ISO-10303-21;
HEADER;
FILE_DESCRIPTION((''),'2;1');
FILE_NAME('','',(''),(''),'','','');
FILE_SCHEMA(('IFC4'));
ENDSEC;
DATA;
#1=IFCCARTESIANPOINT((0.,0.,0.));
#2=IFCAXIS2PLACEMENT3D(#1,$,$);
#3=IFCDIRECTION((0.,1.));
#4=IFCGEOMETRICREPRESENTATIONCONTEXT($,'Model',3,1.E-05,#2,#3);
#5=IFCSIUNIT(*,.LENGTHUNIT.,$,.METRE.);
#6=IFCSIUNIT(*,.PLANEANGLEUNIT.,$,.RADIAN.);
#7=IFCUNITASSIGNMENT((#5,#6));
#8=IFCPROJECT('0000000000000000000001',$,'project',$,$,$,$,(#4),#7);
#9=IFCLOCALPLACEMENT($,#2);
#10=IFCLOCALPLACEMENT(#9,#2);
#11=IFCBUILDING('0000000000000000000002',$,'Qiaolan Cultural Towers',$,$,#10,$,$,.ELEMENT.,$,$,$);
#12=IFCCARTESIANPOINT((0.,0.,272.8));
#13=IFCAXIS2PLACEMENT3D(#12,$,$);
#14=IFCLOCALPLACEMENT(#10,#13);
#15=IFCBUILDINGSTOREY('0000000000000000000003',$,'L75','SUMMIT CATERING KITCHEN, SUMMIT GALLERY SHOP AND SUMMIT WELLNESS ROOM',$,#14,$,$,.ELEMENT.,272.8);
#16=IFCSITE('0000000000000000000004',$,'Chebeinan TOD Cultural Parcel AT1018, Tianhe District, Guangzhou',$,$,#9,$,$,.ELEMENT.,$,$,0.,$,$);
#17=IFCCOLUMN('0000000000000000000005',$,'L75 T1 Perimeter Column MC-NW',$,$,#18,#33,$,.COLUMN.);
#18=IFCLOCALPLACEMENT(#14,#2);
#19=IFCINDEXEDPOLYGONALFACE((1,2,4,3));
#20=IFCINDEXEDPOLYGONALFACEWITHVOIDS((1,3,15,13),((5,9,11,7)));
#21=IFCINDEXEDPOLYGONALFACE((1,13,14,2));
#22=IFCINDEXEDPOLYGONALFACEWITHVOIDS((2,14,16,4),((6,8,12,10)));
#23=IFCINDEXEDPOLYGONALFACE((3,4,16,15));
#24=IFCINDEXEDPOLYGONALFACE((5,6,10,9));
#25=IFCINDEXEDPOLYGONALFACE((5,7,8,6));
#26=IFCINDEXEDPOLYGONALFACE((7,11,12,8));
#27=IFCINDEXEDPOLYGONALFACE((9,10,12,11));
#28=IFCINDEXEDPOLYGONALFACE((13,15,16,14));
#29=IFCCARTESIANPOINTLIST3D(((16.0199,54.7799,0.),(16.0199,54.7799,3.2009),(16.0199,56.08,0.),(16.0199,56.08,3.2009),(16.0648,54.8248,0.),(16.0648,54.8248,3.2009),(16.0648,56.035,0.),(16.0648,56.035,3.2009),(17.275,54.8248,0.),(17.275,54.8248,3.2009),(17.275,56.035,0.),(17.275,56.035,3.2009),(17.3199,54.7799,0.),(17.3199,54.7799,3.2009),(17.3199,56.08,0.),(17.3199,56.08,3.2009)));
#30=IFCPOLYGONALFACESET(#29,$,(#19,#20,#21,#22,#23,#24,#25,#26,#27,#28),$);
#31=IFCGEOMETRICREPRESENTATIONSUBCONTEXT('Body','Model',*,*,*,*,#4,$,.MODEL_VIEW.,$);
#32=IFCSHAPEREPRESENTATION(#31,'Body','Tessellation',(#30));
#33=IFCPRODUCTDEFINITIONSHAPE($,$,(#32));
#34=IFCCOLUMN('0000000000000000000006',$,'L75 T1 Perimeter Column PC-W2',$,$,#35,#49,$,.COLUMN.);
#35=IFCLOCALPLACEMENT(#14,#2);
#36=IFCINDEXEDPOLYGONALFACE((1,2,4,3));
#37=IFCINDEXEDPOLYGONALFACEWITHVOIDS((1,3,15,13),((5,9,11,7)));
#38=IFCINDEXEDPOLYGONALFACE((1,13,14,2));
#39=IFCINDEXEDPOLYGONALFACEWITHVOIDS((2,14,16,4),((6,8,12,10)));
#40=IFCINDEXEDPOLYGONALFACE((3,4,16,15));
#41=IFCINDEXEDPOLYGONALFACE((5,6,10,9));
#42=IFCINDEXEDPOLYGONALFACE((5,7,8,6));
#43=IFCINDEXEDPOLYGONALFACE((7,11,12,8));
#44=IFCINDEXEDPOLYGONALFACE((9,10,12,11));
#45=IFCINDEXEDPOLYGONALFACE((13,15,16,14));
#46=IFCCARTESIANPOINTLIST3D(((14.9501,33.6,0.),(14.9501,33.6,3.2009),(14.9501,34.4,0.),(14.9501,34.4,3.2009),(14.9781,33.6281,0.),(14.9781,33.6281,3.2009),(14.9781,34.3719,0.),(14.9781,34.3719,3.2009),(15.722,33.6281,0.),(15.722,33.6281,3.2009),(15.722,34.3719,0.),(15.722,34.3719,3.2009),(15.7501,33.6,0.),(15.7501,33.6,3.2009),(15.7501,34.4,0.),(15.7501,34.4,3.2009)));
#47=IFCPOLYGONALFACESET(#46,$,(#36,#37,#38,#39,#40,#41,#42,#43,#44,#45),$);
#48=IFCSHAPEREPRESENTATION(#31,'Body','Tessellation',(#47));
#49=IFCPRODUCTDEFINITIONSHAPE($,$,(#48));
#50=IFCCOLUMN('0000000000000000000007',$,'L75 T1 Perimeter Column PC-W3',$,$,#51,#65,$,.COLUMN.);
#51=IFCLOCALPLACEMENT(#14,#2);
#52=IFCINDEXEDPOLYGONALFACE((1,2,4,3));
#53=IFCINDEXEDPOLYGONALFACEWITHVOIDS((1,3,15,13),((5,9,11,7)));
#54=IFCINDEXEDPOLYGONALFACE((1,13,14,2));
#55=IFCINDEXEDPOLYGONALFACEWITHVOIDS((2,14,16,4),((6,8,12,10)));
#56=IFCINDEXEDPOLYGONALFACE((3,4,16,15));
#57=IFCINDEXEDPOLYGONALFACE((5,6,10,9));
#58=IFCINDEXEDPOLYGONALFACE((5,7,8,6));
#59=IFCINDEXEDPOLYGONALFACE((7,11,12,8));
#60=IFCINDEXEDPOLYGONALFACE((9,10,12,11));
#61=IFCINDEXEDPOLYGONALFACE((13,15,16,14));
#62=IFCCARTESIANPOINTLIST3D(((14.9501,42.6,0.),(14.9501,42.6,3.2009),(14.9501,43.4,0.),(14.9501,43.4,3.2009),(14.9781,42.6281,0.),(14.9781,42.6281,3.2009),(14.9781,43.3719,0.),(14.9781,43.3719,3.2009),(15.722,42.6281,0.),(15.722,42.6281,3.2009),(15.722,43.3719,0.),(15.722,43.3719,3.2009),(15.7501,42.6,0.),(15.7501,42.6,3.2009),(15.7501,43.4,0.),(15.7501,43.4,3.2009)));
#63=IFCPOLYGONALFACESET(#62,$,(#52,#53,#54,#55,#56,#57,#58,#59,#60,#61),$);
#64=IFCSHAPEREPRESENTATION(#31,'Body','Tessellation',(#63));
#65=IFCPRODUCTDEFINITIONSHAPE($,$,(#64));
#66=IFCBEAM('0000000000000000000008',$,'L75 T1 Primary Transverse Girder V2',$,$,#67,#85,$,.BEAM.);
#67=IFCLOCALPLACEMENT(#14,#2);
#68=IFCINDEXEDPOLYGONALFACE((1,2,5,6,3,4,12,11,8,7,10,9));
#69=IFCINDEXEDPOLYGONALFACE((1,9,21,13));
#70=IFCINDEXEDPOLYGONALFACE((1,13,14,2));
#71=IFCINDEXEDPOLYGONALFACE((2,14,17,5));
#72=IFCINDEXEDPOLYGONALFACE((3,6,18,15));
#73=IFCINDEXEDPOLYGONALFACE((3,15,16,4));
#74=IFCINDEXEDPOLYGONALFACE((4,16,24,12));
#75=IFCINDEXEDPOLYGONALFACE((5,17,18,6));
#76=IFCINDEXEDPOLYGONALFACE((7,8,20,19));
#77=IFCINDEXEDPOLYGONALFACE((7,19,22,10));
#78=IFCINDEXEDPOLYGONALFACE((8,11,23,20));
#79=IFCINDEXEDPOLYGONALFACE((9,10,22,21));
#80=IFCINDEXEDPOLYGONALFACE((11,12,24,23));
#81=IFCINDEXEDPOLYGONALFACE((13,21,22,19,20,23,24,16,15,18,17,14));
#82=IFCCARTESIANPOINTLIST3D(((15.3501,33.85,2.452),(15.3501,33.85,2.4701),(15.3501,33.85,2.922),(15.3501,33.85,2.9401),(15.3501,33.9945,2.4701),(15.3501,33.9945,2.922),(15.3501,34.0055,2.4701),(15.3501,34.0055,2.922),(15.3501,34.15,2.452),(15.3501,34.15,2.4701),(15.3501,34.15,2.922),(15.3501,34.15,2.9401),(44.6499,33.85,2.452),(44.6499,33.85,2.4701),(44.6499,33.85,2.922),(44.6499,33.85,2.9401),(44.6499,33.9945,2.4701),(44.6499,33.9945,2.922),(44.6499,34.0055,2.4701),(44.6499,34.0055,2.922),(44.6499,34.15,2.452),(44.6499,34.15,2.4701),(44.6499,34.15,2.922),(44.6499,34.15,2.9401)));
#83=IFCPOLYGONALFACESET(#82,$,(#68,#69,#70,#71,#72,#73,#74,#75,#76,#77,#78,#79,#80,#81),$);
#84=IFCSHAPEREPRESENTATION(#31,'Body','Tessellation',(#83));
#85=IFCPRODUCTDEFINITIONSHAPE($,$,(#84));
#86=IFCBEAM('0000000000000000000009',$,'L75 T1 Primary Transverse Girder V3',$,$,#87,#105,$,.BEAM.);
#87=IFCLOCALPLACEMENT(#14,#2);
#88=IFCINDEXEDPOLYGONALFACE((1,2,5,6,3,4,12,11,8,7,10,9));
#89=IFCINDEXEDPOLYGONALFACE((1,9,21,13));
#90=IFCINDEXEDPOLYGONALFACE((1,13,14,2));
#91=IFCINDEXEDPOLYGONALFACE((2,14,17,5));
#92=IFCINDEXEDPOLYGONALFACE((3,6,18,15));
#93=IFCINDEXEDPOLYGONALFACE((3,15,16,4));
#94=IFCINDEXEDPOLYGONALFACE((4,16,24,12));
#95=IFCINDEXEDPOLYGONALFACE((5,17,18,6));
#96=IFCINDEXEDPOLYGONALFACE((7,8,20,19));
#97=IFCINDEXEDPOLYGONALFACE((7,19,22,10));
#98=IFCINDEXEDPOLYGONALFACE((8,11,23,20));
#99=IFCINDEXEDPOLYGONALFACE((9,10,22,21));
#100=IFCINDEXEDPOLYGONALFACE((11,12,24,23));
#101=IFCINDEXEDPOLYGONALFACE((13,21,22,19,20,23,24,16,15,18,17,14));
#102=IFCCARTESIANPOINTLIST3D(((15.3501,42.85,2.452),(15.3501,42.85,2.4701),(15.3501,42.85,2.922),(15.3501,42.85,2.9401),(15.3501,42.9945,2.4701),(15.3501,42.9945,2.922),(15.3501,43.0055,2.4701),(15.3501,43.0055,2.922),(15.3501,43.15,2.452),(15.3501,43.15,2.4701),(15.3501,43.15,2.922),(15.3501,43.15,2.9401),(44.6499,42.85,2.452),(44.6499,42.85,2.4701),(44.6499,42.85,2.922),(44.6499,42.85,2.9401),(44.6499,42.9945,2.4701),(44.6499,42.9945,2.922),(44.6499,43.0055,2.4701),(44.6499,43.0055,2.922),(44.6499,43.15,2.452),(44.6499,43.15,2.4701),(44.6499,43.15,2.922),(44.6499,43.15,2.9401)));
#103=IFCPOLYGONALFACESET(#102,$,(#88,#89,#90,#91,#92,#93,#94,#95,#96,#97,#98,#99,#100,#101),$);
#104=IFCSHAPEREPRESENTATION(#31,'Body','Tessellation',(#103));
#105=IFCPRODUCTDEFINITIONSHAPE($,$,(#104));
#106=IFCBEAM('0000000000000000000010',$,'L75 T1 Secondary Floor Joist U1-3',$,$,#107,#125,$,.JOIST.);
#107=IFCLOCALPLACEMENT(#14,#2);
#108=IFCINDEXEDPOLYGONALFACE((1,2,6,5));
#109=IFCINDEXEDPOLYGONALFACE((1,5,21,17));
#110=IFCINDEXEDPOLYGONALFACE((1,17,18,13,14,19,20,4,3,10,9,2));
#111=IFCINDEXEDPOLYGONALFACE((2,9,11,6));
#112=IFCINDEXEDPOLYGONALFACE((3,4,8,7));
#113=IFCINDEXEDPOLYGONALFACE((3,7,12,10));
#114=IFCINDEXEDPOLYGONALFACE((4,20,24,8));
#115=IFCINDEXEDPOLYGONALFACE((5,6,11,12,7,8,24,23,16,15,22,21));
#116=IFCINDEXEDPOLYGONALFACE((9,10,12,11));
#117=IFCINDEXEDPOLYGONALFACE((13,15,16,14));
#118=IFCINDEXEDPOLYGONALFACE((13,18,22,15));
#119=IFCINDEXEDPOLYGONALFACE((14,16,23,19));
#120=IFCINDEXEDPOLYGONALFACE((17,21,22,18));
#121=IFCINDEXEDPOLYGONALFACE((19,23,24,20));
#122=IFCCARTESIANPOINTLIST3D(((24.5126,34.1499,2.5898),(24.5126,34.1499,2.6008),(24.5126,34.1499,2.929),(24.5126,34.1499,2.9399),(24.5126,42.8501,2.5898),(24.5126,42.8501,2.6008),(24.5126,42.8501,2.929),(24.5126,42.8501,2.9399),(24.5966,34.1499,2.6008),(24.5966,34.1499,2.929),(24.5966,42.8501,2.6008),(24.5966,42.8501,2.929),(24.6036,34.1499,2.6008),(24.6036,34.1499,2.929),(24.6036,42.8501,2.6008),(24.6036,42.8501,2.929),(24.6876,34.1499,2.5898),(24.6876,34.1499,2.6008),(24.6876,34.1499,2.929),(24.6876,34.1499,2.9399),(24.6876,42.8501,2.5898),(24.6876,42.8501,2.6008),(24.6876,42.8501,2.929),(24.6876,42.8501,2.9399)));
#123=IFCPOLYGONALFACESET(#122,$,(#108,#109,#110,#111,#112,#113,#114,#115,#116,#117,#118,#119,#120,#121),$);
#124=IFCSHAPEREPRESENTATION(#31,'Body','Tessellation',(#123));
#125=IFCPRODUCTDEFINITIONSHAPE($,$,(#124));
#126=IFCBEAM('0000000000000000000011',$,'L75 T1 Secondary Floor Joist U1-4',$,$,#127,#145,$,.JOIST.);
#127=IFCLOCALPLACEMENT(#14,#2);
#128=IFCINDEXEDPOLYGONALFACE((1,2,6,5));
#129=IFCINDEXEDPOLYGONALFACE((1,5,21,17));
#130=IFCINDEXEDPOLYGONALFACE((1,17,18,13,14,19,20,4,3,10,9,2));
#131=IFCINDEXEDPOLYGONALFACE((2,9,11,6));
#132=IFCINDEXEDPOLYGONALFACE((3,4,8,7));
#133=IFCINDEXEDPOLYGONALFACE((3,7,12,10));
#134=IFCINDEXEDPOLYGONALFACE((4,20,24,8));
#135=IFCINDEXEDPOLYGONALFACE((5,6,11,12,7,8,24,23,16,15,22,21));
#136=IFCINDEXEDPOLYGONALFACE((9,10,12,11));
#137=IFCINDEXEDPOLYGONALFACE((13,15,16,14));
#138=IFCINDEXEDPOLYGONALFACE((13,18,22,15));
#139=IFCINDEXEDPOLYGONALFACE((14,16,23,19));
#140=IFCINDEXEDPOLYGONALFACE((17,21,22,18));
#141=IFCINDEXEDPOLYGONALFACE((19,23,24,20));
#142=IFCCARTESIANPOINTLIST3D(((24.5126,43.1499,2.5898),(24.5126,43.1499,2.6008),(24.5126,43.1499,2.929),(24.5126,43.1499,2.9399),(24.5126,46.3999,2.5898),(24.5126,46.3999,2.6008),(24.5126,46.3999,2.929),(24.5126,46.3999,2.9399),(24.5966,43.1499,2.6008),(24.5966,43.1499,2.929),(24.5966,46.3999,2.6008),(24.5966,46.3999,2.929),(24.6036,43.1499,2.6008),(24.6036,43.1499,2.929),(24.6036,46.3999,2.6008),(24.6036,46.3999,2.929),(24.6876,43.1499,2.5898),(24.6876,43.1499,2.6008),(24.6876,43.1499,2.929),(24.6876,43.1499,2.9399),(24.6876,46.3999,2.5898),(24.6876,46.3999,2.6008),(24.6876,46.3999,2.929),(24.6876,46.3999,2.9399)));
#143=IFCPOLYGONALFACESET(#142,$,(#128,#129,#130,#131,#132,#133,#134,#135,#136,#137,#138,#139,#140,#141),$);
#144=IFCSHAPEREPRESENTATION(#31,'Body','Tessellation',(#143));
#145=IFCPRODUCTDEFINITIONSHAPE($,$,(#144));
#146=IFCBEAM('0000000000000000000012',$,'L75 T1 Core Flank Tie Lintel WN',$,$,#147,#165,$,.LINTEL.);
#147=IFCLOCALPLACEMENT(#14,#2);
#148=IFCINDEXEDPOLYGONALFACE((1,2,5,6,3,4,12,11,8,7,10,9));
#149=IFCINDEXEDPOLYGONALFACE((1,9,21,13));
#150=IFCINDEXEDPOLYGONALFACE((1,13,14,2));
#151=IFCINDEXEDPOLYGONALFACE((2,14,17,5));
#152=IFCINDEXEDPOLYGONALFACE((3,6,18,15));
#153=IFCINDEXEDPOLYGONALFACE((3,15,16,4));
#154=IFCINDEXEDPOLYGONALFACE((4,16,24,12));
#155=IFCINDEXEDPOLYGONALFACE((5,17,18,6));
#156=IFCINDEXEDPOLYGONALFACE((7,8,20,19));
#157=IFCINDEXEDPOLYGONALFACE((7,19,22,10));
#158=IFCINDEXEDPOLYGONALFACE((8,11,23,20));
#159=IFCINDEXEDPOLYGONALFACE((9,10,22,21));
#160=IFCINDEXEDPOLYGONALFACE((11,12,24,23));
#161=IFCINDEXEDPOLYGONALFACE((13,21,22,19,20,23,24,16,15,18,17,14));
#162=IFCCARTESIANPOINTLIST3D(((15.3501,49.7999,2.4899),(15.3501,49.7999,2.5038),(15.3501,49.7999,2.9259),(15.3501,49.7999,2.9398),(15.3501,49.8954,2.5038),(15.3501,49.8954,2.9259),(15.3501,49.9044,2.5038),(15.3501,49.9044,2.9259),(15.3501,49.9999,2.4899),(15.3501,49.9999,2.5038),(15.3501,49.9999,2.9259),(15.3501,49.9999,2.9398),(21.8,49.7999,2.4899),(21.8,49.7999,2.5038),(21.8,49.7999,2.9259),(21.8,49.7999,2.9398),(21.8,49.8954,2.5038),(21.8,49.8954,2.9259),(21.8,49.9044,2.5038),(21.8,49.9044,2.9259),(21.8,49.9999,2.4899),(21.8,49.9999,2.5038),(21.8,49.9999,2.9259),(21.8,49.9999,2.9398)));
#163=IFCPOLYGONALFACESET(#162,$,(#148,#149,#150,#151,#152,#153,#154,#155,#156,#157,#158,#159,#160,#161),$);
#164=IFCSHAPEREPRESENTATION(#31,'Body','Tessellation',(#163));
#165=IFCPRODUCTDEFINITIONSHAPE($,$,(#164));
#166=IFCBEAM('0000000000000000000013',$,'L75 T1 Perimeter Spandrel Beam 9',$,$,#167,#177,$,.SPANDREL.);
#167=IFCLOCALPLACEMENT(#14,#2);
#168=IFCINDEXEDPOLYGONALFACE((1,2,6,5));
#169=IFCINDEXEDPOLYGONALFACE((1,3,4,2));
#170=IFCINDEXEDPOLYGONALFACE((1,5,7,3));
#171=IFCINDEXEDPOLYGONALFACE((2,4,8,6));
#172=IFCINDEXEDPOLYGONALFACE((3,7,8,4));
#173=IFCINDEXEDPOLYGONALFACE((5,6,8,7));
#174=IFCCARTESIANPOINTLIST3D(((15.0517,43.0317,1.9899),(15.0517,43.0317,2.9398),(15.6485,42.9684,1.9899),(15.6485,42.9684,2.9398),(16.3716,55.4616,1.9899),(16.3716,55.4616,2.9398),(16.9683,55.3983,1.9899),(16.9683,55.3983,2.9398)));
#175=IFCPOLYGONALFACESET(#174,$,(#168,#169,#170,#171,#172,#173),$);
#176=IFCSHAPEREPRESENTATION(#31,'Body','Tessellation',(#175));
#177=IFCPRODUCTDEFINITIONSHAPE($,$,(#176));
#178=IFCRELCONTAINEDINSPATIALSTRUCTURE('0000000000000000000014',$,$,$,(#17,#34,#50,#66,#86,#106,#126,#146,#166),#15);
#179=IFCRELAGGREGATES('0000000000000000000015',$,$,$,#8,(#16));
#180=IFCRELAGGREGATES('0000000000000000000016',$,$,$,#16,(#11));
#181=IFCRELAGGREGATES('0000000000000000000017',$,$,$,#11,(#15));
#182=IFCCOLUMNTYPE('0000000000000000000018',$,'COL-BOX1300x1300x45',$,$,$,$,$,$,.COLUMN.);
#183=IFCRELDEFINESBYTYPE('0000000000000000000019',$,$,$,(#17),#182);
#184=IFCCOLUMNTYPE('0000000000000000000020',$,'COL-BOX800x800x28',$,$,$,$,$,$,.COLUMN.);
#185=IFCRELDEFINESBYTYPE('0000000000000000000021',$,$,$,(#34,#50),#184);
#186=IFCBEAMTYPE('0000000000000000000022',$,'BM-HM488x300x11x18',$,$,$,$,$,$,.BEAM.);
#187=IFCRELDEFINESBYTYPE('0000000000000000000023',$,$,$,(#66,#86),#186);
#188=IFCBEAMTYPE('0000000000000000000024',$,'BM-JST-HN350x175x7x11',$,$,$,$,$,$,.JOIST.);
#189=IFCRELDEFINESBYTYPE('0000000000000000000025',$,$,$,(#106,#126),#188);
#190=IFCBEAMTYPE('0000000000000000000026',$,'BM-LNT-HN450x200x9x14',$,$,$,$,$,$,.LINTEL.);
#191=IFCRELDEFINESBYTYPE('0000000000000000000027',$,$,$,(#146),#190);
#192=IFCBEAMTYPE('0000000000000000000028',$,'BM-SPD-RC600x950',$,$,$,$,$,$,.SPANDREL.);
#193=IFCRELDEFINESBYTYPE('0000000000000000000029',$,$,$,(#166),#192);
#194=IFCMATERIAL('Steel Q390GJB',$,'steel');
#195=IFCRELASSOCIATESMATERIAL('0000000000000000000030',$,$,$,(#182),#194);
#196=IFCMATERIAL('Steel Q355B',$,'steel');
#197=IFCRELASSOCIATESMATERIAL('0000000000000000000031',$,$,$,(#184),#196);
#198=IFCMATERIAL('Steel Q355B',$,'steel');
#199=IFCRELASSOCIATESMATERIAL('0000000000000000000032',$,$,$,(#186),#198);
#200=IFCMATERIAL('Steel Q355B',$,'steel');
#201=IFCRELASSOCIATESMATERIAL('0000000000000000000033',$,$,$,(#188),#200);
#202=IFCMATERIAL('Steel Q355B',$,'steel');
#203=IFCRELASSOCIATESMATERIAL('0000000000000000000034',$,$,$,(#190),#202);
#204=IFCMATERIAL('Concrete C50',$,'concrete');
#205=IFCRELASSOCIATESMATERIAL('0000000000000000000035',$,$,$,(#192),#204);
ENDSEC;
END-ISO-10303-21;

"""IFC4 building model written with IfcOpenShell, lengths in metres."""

from ifc_helpers import new_model, si_unit, direction, frame, origin, origin_2d, place, context, subcontext, project, spatial, rectangle, hollow_rectangle, i_section, extrude, material, material_profile, profile_set, type_object, element, save


model = new_model("IFC4")

# Units and contexts
model_context = context("Model", 3, precision=1e-05, world=origin(), true_north=direction((0.0, 1.0)))
body_context = subcontext(model_context, "Body", "Model", "MODEL_VIEW")
ifc_project = project(units=[si_unit("LENGTHUNIT", "METRE"), si_unit("PLANEANGLEUNIT", "RADIAN")], contexts=[model_context])

# Site, building, storey
site_placement = place(None, origin())
site = spatial("IfcSite", under=ifc_project, at=site_placement, Name="Chebeinan TOD Cultural Parcel AT1018, Tianhe District, Guangzhou", CompositionType="ELEMENT", RefElevation=0.0)
building_placement = place(site_placement, origin())
building = spatial("IfcBuilding", under=site, at=building_placement, Name="Qiaolan Cultural Towers", CompositionType="ELEMENT")
storey_placement = place(building_placement, frame((0.0, 0.0, 272.8)))
storey = spatial("IfcBuildingStorey", under=building, at=storey_placement, Name="L75", Description="SUMMIT CATERING KITCHEN, SUMMIT GALLERY SHOP AND SUMMIT WELLNESS ROOM", CompositionType="ELEMENT", Elevation=272.8)

# Columns
ifc_material_1 = material(Name="Steel Q390GJB", Category="steel")
ifc_material_profile_1 = material_profile(ifc_material_1, hollow_rectangle(XDim=1.3, YDim=1.3, WallThickness=0.0449, at=origin_2d()), Name="BOX1300x1300x45")
ifc_profile_set_1 = profile_set([ifc_material_profile_1], Name="Steel Q390GJB")
column_type_1 = type_object("IfcColumnType", Name="COL-BOX1300x1300x45", PredefinedType="COLUMN", material=ifc_profile_set_1)
column_placement = place(storey_placement, frame((16.6699, 55.4299, 0.0), z_axis=(0.0, 0.0, 1.0), x_axis=(1.0, 0.0, 0.0)))
element("IfcColumn", 1, at=column_placement, inside=storey, type_object=column_type_1, Name="L75 T1 Perimeter Column MC-NW", PredefinedType="COLUMN", context=body_context, shape_type="SweptSolid", body=[
    extrude(hollow_rectangle(XDim=1.3, YDim=1.3, WallThickness=0.0449, at=origin_2d()), origin(), (0.0, 0.0, 1.0), 3.2009),
])
ifc_material_2 = material(Name="Steel Q355B", Category="steel")
ifc_material_profile_2 = material_profile(ifc_material_2, hollow_rectangle(XDim=0.8, YDim=0.8, WallThickness=0.0281, at=origin_2d()), Name="BOX800x800x28")
ifc_profile_set_2 = profile_set([ifc_material_profile_2], Name="Steel Q355B")
column_type_2 = type_object("IfcColumnType", Name="COL-BOX800x800x28", PredefinedType="COLUMN", material=ifc_profile_set_2)
for number, where, z_axis, x_axis, name in (
    (2, (15.3501, 34.0, 0.0), (0.0, 0.0, 1.0), (1.0, 0.0, 0.0), "L75 T1 Perimeter Column PC-W2"),
    (3, (15.3501, 43.0, 0.0), (0.0, 0.0, 1.0), (1.0, 0.0, 0.0), "L75 T1 Perimeter Column PC-W3"),
):
    element("IfcColumn", number, at=place(storey_placement, frame(where, z_axis=z_axis, x_axis=x_axis)), inside=storey, type_object=column_type_2, Name=name, PredefinedType="COLUMN", context=body_context, shape_type="SweptSolid", body=[
        extrude(hollow_rectangle(XDim=0.8, YDim=0.8, WallThickness=0.0281, at=origin_2d()), origin(), (0.0, 0.0, 1.0), 3.2009),
    ])

# Beams
ifc_material_3 = material(Name="Steel Q355B", Category="steel")
ifc_material_profile_3 = material_profile(ifc_material_3, i_section(OverallWidth=0.3, OverallDepth=0.488, WebThickness=0.011, FlangeThickness=0.0181, at=origin_2d()), Name="HM488x300x11x18")
ifc_profile_set_3 = profile_set([ifc_material_profile_3], Name="Steel Q355B")
beam_type_1 = type_object("IfcBeamType", Name="BM-HM488x300x11x18", PredefinedType="BEAM", material=ifc_profile_set_3)
for number, where, z_axis, x_axis, name in (
    (4, (15.3501, 34.0, 2.696), (1.0, 0.0, 0.0), (0.0, 1.0, 0.0), "L75 T1 Primary Transverse Girder V2"),
    (5, (15.3501, 43.0, 2.696), (1.0, 0.0, 0.0), (0.0, 1.0, 0.0), "L75 T1 Primary Transverse Girder V3"),
):
    element("IfcBeam", number, at=place(storey_placement, frame(where, z_axis=z_axis, x_axis=x_axis)), inside=storey, type_object=beam_type_1, Name=name, PredefinedType="BEAM", context=body_context, shape_type="SweptSolid", body=[
        extrude(i_section(OverallWidth=0.3, OverallDepth=0.488, WebThickness=0.011, FlangeThickness=0.0181, at=origin_2d()), origin(), (0.0, 0.0, 1.0), 29.2998),
    ])
ifc_material_4 = material(Name="Steel Q355B", Category="steel")
ifc_material_profile_4 = material_profile(ifc_material_4, i_section(OverallWidth=0.175, OverallDepth=0.3501, WebThickness=0.0071, FlangeThickness=0.011, at=origin_2d()), Name="HN350x175x7x11")
ifc_profile_set_4 = profile_set([ifc_material_profile_4], Name="Steel Q355B")
beam_type_2 = type_object("IfcBeamType", Name="BM-JST-HN350x175x7x11", PredefinedType="JOIST", material=ifc_profile_set_4)
beam_1_placement = place(storey_placement, frame((24.6001, 34.1499, 2.7649), z_axis=(0.0, 1.0, 0.0), x_axis=(-1.0, 0.0, 0.0)))
element("IfcBeam", 6, at=beam_1_placement, inside=storey, type_object=beam_type_2, Name="L75 T1 Secondary Floor Joist U1-3", PredefinedType="JOIST", context=body_context, shape_type="SweptSolid", body=[
    extrude(i_section(OverallWidth=0.175, OverallDepth=0.3501, WebThickness=0.0071, FlangeThickness=0.011, at=origin_2d()), origin(), (0.0, 0.0, 1.0), 8.7002),
])
beam_2_placement = place(storey_placement, frame((24.6001, 43.1499, 2.7649), z_axis=(0.0, 1.0, 0.0), x_axis=(-1.0, 0.0, 0.0)))
element("IfcBeam", 7, at=beam_2_placement, inside=storey, type_object=beam_type_2, Name="L75 T1 Secondary Floor Joist U1-4", PredefinedType="JOIST", context=body_context, shape_type="SweptSolid", body=[
    extrude(i_section(OverallWidth=0.175, OverallDepth=0.3501, WebThickness=0.0071, FlangeThickness=0.011, at=origin_2d()), origin(), (0.0, 0.0, 1.0), 3.25),
])
ifc_material_5 = material(Name="Steel Q355B", Category="steel")
ifc_material_profile_5 = material_profile(ifc_material_5, i_section(OverallWidth=0.2, OverallDepth=0.45, WebThickness=0.009, FlangeThickness=0.0139, at=origin_2d()), Name="HN450x200x9x14")
ifc_profile_set_5 = profile_set([ifc_material_profile_5], Name="Steel Q355B")
beam_type_3 = type_object("IfcBeamType", Name="BM-LNT-HN450x200x9x14", PredefinedType="LINTEL", material=ifc_profile_set_5)
beam_3_placement = place(storey_placement, frame((21.8, 49.8999, 2.7148), z_axis=(-1.0, 0.0, 0.0), x_axis=(0.0, -1.0, 0.0)))
element("IfcBeam", 8, at=beam_3_placement, inside=storey, type_object=beam_type_3, Name="L75 T1 Core Flank Tie Lintel WN", PredefinedType="LINTEL", context=body_context, shape_type="SweptSolid", body=[
    extrude(i_section(OverallWidth=0.2, OverallDepth=0.45, WebThickness=0.009, FlangeThickness=0.0139, at=origin_2d()), origin(), (0.0, 0.0, 1.0), 6.45),
])
ifc_material_6 = material(Name="Concrete C50", Category="concrete")
ifc_material_profile_6 = material_profile(ifc_material_6, rectangle(XDim=0.6001, YDim=0.95, at=origin_2d()), Name="RC600x950")
ifc_profile_set_6 = profile_set([ifc_material_profile_6], Name="Concrete C50")
beam_type_4 = type_object("IfcBeamType", Name="BM-SPD-RC600x950", PredefinedType="SPANDREL", material=ifc_profile_set_6)
beam_4_placement = place(storey_placement, frame((16.6699, 55.4299, 2.4648), z_axis=(-0.105588, -0.99441, 0.0), x_axis=(0.99441, -0.105588, 0.0)))
element("IfcBeam", 9, at=beam_4_placement, inside=storey, type_object=beam_type_4, Name="L75 T1 Perimeter Spandrel Beam 9", PredefinedType="SPANDREL", context=body_context, shape_type="SweptSolid", body=[
    extrude(rectangle(XDim=0.6001, YDim=0.95, at=origin_2d()), origin(), (0.0, 0.0, 1.0), 12.4998),
])

save(model, "model.ifc")
